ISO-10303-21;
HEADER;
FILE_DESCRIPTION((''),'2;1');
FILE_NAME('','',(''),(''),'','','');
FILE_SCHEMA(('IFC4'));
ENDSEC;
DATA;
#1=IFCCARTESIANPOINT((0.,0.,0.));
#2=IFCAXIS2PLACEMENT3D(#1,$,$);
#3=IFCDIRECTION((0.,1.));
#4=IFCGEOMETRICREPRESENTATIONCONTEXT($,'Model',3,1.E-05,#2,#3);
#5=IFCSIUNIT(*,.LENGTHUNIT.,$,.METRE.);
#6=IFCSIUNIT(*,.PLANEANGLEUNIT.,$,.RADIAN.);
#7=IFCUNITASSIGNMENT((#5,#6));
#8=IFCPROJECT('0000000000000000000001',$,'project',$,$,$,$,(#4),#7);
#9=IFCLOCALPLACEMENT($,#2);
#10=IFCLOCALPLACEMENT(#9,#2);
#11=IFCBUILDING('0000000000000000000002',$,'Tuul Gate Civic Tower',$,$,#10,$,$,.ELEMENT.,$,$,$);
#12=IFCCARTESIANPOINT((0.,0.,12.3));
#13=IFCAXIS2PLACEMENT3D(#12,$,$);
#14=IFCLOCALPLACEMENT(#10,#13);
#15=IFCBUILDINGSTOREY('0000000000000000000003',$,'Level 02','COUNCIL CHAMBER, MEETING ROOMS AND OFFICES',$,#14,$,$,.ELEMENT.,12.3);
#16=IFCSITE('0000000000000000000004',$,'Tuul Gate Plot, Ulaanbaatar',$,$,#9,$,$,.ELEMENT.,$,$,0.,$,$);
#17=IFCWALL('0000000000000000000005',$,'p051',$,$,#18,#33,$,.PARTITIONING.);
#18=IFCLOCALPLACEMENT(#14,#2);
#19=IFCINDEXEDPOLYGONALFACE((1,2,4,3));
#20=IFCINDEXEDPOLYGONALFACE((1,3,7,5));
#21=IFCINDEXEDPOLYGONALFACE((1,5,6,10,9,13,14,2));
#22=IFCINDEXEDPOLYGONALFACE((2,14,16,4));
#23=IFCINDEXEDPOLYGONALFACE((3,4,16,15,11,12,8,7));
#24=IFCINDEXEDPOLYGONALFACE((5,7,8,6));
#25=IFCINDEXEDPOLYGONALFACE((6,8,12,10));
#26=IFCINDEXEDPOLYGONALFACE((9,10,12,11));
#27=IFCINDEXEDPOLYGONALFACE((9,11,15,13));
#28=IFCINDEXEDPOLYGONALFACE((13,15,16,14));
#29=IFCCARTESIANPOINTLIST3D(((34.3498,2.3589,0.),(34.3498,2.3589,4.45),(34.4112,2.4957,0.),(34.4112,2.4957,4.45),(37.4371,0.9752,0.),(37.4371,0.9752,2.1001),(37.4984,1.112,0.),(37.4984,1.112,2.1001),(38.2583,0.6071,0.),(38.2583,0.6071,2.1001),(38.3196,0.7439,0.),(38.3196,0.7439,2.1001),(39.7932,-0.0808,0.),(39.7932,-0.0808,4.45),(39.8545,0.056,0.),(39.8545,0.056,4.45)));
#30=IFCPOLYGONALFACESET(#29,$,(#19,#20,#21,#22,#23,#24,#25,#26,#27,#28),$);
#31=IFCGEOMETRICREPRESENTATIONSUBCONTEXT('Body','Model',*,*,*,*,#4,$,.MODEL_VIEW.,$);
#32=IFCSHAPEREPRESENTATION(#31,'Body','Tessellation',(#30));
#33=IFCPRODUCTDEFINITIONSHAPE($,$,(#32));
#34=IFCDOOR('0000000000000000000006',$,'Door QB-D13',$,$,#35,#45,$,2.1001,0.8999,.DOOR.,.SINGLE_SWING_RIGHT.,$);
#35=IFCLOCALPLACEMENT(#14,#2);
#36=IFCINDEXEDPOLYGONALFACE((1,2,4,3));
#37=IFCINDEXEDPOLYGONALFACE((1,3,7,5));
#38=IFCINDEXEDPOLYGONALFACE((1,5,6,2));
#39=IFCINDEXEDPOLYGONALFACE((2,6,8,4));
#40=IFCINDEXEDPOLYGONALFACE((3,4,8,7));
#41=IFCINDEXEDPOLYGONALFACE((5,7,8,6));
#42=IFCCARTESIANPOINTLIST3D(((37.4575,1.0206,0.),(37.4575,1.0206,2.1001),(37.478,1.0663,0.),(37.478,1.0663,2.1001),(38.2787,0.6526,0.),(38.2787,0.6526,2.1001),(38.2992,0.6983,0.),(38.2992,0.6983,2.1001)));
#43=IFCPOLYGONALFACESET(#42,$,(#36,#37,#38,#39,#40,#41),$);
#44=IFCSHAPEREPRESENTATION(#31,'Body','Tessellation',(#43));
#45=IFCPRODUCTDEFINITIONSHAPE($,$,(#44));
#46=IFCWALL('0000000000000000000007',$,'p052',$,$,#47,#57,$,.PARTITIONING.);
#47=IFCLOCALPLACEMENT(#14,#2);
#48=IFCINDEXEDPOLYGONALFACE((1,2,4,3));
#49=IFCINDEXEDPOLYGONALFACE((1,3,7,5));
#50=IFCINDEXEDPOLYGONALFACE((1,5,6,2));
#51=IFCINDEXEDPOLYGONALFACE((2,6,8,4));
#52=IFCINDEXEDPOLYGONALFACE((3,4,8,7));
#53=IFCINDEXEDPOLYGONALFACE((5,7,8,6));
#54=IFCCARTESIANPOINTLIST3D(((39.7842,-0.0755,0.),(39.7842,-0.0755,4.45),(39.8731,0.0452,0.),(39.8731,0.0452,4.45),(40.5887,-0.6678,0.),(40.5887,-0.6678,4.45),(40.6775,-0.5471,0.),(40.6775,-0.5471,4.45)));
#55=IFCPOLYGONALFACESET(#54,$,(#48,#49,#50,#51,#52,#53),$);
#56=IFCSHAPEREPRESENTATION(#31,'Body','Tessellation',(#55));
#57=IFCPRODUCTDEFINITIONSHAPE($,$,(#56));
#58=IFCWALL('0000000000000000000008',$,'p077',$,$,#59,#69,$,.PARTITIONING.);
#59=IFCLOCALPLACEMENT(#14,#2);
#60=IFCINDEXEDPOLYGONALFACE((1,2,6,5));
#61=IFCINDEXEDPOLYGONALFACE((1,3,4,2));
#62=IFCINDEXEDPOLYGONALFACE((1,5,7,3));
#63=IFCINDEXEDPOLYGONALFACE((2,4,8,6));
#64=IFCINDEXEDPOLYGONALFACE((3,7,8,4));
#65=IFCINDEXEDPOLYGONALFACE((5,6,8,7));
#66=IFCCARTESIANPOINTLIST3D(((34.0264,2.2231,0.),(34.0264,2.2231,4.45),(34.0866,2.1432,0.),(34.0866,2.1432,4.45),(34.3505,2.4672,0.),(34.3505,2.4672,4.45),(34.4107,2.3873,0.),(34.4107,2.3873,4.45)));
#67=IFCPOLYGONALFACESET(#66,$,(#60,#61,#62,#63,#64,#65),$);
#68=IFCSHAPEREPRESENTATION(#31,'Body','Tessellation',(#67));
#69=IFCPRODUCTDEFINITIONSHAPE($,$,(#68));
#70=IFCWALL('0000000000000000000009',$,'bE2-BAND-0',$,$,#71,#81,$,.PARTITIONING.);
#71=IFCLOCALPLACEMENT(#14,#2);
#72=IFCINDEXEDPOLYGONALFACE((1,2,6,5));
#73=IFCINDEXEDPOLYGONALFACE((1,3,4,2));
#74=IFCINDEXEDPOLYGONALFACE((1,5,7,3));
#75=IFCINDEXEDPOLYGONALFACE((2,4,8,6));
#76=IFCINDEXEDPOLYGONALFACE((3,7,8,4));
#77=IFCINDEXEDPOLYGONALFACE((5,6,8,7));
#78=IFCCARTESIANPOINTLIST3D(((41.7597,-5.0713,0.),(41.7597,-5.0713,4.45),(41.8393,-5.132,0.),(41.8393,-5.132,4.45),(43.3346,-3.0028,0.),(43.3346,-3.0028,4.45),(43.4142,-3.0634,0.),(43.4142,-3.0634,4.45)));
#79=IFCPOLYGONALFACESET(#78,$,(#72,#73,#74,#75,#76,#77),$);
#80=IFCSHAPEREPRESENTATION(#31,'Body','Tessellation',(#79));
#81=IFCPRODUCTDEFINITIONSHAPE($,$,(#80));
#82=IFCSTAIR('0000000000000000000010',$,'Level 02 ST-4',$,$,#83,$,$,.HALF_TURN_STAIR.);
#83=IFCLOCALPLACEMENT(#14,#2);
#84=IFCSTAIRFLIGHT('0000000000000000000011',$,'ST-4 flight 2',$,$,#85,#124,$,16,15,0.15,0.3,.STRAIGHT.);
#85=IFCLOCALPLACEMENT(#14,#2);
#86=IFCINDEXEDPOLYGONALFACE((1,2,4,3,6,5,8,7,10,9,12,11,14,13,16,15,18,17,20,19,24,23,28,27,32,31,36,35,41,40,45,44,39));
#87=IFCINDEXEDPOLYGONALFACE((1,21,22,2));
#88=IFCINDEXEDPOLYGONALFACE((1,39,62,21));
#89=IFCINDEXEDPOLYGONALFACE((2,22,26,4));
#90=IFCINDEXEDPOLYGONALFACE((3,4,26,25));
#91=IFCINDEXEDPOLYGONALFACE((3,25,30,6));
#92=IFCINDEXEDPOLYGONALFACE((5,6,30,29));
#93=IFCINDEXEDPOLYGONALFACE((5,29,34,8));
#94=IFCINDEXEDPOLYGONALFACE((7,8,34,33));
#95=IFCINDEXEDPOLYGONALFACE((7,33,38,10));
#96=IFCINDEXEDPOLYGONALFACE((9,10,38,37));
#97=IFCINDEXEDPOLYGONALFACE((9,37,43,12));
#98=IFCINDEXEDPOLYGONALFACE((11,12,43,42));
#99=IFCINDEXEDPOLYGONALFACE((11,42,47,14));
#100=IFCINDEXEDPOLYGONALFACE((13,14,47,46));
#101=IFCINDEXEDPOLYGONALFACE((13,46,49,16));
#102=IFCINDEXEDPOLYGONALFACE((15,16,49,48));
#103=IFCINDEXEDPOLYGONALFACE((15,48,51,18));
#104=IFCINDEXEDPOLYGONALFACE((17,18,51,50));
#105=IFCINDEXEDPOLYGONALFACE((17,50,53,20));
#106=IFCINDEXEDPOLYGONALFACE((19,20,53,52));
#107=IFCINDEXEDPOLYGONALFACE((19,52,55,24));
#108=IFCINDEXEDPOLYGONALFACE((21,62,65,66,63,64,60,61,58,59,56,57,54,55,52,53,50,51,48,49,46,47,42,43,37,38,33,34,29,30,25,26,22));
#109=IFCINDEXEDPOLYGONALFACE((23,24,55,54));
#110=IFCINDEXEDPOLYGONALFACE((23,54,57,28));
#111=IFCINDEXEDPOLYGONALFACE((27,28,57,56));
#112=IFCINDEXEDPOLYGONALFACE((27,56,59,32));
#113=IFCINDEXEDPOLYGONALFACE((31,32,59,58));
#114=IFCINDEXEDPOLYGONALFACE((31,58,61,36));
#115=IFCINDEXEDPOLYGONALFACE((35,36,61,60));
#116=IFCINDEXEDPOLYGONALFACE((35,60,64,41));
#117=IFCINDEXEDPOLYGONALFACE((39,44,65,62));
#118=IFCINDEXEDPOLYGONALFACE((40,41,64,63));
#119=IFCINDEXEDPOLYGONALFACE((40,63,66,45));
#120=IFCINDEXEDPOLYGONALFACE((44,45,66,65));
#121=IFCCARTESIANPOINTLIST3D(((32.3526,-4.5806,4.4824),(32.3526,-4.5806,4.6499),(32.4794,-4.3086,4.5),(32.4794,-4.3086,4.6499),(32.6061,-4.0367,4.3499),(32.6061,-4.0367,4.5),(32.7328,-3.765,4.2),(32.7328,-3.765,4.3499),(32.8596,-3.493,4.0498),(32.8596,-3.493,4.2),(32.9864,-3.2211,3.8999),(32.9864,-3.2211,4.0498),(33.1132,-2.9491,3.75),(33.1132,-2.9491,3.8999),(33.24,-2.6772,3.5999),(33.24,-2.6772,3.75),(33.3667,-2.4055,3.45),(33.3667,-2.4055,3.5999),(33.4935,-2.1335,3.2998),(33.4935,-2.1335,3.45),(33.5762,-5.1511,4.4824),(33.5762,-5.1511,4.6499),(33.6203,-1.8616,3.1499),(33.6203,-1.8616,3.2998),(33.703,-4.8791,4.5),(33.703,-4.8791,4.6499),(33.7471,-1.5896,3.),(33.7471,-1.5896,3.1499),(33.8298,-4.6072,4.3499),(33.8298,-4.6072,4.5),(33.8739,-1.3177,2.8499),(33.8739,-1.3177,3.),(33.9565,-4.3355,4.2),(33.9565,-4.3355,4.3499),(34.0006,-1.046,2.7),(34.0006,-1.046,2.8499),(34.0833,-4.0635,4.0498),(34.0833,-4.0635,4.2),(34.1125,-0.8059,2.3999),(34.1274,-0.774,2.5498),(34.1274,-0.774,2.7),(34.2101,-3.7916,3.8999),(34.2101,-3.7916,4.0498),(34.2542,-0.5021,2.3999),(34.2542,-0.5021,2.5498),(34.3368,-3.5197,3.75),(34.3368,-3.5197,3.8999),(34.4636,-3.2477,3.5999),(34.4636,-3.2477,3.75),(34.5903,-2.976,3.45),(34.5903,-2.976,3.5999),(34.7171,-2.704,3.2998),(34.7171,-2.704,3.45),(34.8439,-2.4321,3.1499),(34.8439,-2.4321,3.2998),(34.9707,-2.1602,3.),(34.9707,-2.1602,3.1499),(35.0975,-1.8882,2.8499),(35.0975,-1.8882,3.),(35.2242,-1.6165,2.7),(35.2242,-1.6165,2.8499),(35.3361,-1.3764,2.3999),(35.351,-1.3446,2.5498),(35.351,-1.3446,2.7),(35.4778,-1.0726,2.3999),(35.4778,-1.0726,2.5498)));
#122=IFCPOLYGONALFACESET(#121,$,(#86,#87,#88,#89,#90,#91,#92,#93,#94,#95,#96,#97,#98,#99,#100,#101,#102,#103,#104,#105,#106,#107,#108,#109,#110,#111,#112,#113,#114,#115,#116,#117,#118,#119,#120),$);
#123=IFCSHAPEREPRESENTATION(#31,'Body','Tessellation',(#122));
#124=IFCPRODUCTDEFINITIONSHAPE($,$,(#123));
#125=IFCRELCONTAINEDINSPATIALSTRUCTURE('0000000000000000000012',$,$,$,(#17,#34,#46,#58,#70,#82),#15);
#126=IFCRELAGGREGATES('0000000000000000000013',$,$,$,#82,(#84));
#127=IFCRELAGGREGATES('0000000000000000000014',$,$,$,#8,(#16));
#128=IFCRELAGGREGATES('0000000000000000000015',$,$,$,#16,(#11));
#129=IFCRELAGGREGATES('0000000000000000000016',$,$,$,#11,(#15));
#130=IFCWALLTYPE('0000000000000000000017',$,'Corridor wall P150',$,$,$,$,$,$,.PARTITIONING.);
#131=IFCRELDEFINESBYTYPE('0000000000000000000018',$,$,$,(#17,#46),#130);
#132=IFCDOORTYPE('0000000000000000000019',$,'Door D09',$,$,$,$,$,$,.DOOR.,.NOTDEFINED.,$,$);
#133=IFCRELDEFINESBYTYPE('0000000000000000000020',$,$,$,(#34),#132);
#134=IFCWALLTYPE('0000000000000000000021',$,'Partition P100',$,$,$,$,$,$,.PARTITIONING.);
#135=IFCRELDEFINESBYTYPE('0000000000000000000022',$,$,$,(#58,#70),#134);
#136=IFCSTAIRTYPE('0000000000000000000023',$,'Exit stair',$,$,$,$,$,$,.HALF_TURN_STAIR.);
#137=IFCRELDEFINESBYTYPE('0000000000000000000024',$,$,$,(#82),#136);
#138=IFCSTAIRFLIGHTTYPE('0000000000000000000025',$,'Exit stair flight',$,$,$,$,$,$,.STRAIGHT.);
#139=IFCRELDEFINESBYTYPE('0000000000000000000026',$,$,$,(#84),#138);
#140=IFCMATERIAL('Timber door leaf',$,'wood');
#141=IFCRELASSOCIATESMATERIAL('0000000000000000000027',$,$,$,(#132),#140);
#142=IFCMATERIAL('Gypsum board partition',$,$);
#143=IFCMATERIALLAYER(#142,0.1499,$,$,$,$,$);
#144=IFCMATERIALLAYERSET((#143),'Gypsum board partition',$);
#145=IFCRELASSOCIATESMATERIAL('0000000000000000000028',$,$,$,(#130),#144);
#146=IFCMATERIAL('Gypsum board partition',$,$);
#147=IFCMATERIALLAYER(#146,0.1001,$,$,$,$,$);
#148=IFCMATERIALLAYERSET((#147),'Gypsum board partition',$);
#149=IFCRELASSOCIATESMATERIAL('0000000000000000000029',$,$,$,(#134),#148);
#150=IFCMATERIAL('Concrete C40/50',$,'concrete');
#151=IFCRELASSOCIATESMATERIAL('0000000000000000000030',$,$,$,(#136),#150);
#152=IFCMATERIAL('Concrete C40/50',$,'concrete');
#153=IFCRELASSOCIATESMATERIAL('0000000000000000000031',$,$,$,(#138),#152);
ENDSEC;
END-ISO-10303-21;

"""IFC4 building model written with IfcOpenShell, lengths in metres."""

from ifc_helpers import new_model, si_unit, direction, frame, frame_2d, origin, place, context, subcontext, project, spatial, polyline, rectangle, outline, extrude, material, layer, layer_set, type_object, element, fill, aggregate, save


model = new_model("IFC4")

# Units and contexts
model_context = context("Model", 3, precision=1e-05, world=origin(), true_north=direction((0.0, 1.0)))
body_context = subcontext(model_context, "Body", "Model", "MODEL_VIEW")
ifc_project = project(units=[si_unit("LENGTHUNIT", "METRE"), si_unit("PLANEANGLEUNIT", "RADIAN")], contexts=[model_context])

# Site, building, storey
site_placement = place(None, origin())
site = spatial("IfcSite", under=ifc_project, at=site_placement, Name="Tuul Gate Plot, Ulaanbaatar", CompositionType="ELEMENT", RefElevation=0.0)
building_placement = place(site_placement, origin())
building = spatial("IfcBuilding", under=site, at=building_placement, Name="Tuul Gate Civic Tower", CompositionType="ELEMENT")
storey_placement = place(building_placement, frame((0.0, 0.0, 12.3)))
storey = spatial("IfcBuildingStorey", under=building, at=storey_placement, Name="Level 02", Description="COUNCIL CHAMBER, MEETING ROOMS AND OFFICES", CompositionType="ELEMENT", Elevation=12.3)

# Shared definitions
ifc_material_1 = material(Name="Timber door leaf", Category="wood")
door_type_1 = type_object("IfcDoorType", Name="Door D09", OperationType="NOTDEFINED", PredefinedType="DOOR", material=ifc_material_1)

# Shared definitions
ifc_material_2 = material(Name="Gypsum board partition")
ifc_layer_1 = layer(ifc_material_2, 0.1499)
ifc_layer_set_1 = layer_set([ifc_layer_1], Name="Gypsum board partition")
wall_type_1 = type_object("IfcWallType", Name="Corridor wall P150", PredefinedType="PARTITIONING", material=ifc_layer_set_1)

# Wall, opening, door
wall_1_placement = place(storey_placement, frame((34.3806, 2.4272, 0.0), z_axis=(0.0, 0.0, 1.0), x_axis=(0.912536, -0.408996, 0.0)))
wall_1 = element("IfcWall", 1, at=wall_1_placement, inside=storey, type_object=wall_type_1, Name="p051", PredefinedType="PARTITIONING", context=body_context, shape_type="SweptSolid", body=[
    extrude(rectangle(XDim=5.9651, YDim=0.1499, at=frame_2d((2.9824, 0.0))), origin(), (0.0, 0.0, 1.0), 4.45),
])
opening_1_placement = place(wall_1_placement, frame((3.3831, 0.0, 0.0)))
opening_1 = element("IfcOpeningElement", 2, at=opening_1_placement, cuts=wall_1, PredefinedType="OPENING", context=body_context, shape_type="SweptSolid", body=[
    extrude(rectangle(XDim=0.8999, YDim=2.1001, at=frame_2d((0.45, 1.05))), frame((0.0, 0.085, 0.0), z_axis=(0.0, -1.0, 0.0), x_axis=(1.0, 0.0, 0.0)), (0.0, 0.0, 1.0), 0.1699),
])
door_1_placement = place(opening_1_placement, origin())
door_1 = element("IfcDoor", 3, at=door_1_placement, inside=storey, type_object=door_type_1, Name="Door QB-D13", OperationType="SINGLE_SWING_RIGHT", OverallHeight=2.1001, OverallWidth=0.8999, PredefinedType="DOOR", context=body_context, shape_type="SweptSolid", body=[
    extrude(rectangle(XDim=0.8999, YDim=2.1001, at=frame_2d((0.45, 1.05))), frame((0.0, 0.0249, 0.0), z_axis=(0.0, -1.0, 0.0), x_axis=(1.0, 0.0, 0.0)), (0.0, 0.0, 1.0), 0.05),
])
fill(opening_1, door_1)

# Walls
wall_2_placement = place(storey_placement, frame((39.8286, -0.0151, 0.0), z_axis=(0.0, 0.0, 1.0), x_axis=(0.805277, -0.592899, 0.0)))
element("IfcWall", 4, at=wall_2_placement, inside=storey, type_object=wall_type_1, Name="p052", PredefinedType="PARTITIONING", context=body_context, shape_type="SweptSolid", body=[
    extrude(rectangle(XDim=0.999, YDim=0.1499, at=frame_2d((0.4995, 0.0))), origin(), (0.0, 0.0, 1.0), 4.45),
])
ifc_material_3 = material(Name="Gypsum board partition")
ifc_layer_2 = layer(ifc_material_3, 0.1001)
ifc_layer_set_2 = layer_set([ifc_layer_2], Name="Gypsum board partition")
wall_type_2 = type_object("IfcWallType", Name="Partition P100", PredefinedType="PARTITIONING", material=ifc_layer_set_2)
wall_3_placement = place(storey_placement, frame((34.3806, 2.4272, 0.0), z_axis=(0.0, 0.0, 1.0), x_axis=(-0.798844, -0.601539, 0.0)))
element("IfcWall", 5, at=wall_3_placement, inside=storey, type_object=wall_type_2, Name="p077", PredefinedType="PARTITIONING", context=body_context, shape_type="SweptSolid", body=[
    extrude(rectangle(XDim=0.4058, YDim=0.1001, at=frame_2d((0.2029, 0.0))), origin(), (0.0, 0.0, 1.0), 4.45),
])
wall_4_placement = place(storey_placement, frame((41.7996, -5.1016, 0.0), z_axis=(0.0, 0.0, 1.0), x_axis=(0.605769, 0.795641, 0.0)))
element("IfcWall", 6, at=wall_4_placement, inside=storey, type_object=wall_type_2, Name="bE2-BAND-0", PredefinedType="PARTITIONING", context=body_context, shape_type="SweptSolid", body=[
    extrude(rectangle(XDim=2.5999, YDim=0.1001, at=frame_2d((1.2998, 0.0))), origin(), (0.0, 0.0, 1.0), 4.45),
])

# Stair, stair flight
ifc_material_4 = material(Name="Concrete C40/50", Category="concrete")
stair_type = type_object("IfcStairType", Name="Exit stair", PredefinedType="HALF_TURN_STAIR", material=ifc_material_4)
stair_placement = place(storey_placement, origin())
stair = element("IfcStair", 7, at=stair_placement, inside=storey, type_object=stair_type, Name="Level 02 ST-4", PredefinedType="HALF_TURN_STAIR")
ifc_material_5 = material(Name="Concrete C40/50", Category="concrete")
stair_flight_type = type_object("IfcStairFlightType", Name="Exit stair flight", PredefinedType="STRAIGHT", material=ifc_material_5)
stair_flight_placement = place(storey_placement, frame((34.866, -0.7874, 2.3999), z_axis=(0.0, 0.0, 1.0), x_axis=(-0.422576, -0.906327, 0.0)))
stair_flight = element("IfcStairFlight", 8, at=stair_flight_placement, type_object=stair_flight_type, Name="ST-4 flight 2", NumberOfRisers=16, NumberOfTreads=15, PredefinedType="STRAIGHT", RiserHeight=0.15, TreadLength=0.3, context=body_context, shape_type="SweptSolid", body=[
    extrude(outline(polyline([(0.0, 0.0), (0.0, 0.1499), (0.3, 0.1499), (0.3, 0.3), (0.6001, 0.3), (0.6001, 0.45), (0.8999, 0.45), (0.8999, 0.6001), (1.2, 0.6001), (1.2, 0.75), (1.5, 0.75), (1.5, 0.8999), (1.8, 0.8999), (1.8, 1.05), (2.1001, 1.05), (2.1001, 1.2), (2.3999, 1.2), (2.3999, 1.3501), (2.7, 1.3501), (2.7, 1.5), (3.0, 1.5), (3.0, 1.6499), (3.3, 1.6499), (3.3, 1.8), (3.6001, 1.8), (3.6001, 1.95), (3.8999, 1.95), (3.8999, 2.1001), (4.2, 2.1001), (4.2, 2.25), (4.5, 2.25), (4.5, 2.3999), (4.5, 2.0825), (0.3352, 0.0), (0.0, 0.0)])), frame((0.0, 0.675, 0.0), z_axis=(0.0, -1.0, 0.0), x_axis=(1.0, 0.0, 0.0)), (0.0, 0.0, 1.0), 1.3501),
])
aggregate(stair, [stair_flight])

save(model, "model.ifc")
